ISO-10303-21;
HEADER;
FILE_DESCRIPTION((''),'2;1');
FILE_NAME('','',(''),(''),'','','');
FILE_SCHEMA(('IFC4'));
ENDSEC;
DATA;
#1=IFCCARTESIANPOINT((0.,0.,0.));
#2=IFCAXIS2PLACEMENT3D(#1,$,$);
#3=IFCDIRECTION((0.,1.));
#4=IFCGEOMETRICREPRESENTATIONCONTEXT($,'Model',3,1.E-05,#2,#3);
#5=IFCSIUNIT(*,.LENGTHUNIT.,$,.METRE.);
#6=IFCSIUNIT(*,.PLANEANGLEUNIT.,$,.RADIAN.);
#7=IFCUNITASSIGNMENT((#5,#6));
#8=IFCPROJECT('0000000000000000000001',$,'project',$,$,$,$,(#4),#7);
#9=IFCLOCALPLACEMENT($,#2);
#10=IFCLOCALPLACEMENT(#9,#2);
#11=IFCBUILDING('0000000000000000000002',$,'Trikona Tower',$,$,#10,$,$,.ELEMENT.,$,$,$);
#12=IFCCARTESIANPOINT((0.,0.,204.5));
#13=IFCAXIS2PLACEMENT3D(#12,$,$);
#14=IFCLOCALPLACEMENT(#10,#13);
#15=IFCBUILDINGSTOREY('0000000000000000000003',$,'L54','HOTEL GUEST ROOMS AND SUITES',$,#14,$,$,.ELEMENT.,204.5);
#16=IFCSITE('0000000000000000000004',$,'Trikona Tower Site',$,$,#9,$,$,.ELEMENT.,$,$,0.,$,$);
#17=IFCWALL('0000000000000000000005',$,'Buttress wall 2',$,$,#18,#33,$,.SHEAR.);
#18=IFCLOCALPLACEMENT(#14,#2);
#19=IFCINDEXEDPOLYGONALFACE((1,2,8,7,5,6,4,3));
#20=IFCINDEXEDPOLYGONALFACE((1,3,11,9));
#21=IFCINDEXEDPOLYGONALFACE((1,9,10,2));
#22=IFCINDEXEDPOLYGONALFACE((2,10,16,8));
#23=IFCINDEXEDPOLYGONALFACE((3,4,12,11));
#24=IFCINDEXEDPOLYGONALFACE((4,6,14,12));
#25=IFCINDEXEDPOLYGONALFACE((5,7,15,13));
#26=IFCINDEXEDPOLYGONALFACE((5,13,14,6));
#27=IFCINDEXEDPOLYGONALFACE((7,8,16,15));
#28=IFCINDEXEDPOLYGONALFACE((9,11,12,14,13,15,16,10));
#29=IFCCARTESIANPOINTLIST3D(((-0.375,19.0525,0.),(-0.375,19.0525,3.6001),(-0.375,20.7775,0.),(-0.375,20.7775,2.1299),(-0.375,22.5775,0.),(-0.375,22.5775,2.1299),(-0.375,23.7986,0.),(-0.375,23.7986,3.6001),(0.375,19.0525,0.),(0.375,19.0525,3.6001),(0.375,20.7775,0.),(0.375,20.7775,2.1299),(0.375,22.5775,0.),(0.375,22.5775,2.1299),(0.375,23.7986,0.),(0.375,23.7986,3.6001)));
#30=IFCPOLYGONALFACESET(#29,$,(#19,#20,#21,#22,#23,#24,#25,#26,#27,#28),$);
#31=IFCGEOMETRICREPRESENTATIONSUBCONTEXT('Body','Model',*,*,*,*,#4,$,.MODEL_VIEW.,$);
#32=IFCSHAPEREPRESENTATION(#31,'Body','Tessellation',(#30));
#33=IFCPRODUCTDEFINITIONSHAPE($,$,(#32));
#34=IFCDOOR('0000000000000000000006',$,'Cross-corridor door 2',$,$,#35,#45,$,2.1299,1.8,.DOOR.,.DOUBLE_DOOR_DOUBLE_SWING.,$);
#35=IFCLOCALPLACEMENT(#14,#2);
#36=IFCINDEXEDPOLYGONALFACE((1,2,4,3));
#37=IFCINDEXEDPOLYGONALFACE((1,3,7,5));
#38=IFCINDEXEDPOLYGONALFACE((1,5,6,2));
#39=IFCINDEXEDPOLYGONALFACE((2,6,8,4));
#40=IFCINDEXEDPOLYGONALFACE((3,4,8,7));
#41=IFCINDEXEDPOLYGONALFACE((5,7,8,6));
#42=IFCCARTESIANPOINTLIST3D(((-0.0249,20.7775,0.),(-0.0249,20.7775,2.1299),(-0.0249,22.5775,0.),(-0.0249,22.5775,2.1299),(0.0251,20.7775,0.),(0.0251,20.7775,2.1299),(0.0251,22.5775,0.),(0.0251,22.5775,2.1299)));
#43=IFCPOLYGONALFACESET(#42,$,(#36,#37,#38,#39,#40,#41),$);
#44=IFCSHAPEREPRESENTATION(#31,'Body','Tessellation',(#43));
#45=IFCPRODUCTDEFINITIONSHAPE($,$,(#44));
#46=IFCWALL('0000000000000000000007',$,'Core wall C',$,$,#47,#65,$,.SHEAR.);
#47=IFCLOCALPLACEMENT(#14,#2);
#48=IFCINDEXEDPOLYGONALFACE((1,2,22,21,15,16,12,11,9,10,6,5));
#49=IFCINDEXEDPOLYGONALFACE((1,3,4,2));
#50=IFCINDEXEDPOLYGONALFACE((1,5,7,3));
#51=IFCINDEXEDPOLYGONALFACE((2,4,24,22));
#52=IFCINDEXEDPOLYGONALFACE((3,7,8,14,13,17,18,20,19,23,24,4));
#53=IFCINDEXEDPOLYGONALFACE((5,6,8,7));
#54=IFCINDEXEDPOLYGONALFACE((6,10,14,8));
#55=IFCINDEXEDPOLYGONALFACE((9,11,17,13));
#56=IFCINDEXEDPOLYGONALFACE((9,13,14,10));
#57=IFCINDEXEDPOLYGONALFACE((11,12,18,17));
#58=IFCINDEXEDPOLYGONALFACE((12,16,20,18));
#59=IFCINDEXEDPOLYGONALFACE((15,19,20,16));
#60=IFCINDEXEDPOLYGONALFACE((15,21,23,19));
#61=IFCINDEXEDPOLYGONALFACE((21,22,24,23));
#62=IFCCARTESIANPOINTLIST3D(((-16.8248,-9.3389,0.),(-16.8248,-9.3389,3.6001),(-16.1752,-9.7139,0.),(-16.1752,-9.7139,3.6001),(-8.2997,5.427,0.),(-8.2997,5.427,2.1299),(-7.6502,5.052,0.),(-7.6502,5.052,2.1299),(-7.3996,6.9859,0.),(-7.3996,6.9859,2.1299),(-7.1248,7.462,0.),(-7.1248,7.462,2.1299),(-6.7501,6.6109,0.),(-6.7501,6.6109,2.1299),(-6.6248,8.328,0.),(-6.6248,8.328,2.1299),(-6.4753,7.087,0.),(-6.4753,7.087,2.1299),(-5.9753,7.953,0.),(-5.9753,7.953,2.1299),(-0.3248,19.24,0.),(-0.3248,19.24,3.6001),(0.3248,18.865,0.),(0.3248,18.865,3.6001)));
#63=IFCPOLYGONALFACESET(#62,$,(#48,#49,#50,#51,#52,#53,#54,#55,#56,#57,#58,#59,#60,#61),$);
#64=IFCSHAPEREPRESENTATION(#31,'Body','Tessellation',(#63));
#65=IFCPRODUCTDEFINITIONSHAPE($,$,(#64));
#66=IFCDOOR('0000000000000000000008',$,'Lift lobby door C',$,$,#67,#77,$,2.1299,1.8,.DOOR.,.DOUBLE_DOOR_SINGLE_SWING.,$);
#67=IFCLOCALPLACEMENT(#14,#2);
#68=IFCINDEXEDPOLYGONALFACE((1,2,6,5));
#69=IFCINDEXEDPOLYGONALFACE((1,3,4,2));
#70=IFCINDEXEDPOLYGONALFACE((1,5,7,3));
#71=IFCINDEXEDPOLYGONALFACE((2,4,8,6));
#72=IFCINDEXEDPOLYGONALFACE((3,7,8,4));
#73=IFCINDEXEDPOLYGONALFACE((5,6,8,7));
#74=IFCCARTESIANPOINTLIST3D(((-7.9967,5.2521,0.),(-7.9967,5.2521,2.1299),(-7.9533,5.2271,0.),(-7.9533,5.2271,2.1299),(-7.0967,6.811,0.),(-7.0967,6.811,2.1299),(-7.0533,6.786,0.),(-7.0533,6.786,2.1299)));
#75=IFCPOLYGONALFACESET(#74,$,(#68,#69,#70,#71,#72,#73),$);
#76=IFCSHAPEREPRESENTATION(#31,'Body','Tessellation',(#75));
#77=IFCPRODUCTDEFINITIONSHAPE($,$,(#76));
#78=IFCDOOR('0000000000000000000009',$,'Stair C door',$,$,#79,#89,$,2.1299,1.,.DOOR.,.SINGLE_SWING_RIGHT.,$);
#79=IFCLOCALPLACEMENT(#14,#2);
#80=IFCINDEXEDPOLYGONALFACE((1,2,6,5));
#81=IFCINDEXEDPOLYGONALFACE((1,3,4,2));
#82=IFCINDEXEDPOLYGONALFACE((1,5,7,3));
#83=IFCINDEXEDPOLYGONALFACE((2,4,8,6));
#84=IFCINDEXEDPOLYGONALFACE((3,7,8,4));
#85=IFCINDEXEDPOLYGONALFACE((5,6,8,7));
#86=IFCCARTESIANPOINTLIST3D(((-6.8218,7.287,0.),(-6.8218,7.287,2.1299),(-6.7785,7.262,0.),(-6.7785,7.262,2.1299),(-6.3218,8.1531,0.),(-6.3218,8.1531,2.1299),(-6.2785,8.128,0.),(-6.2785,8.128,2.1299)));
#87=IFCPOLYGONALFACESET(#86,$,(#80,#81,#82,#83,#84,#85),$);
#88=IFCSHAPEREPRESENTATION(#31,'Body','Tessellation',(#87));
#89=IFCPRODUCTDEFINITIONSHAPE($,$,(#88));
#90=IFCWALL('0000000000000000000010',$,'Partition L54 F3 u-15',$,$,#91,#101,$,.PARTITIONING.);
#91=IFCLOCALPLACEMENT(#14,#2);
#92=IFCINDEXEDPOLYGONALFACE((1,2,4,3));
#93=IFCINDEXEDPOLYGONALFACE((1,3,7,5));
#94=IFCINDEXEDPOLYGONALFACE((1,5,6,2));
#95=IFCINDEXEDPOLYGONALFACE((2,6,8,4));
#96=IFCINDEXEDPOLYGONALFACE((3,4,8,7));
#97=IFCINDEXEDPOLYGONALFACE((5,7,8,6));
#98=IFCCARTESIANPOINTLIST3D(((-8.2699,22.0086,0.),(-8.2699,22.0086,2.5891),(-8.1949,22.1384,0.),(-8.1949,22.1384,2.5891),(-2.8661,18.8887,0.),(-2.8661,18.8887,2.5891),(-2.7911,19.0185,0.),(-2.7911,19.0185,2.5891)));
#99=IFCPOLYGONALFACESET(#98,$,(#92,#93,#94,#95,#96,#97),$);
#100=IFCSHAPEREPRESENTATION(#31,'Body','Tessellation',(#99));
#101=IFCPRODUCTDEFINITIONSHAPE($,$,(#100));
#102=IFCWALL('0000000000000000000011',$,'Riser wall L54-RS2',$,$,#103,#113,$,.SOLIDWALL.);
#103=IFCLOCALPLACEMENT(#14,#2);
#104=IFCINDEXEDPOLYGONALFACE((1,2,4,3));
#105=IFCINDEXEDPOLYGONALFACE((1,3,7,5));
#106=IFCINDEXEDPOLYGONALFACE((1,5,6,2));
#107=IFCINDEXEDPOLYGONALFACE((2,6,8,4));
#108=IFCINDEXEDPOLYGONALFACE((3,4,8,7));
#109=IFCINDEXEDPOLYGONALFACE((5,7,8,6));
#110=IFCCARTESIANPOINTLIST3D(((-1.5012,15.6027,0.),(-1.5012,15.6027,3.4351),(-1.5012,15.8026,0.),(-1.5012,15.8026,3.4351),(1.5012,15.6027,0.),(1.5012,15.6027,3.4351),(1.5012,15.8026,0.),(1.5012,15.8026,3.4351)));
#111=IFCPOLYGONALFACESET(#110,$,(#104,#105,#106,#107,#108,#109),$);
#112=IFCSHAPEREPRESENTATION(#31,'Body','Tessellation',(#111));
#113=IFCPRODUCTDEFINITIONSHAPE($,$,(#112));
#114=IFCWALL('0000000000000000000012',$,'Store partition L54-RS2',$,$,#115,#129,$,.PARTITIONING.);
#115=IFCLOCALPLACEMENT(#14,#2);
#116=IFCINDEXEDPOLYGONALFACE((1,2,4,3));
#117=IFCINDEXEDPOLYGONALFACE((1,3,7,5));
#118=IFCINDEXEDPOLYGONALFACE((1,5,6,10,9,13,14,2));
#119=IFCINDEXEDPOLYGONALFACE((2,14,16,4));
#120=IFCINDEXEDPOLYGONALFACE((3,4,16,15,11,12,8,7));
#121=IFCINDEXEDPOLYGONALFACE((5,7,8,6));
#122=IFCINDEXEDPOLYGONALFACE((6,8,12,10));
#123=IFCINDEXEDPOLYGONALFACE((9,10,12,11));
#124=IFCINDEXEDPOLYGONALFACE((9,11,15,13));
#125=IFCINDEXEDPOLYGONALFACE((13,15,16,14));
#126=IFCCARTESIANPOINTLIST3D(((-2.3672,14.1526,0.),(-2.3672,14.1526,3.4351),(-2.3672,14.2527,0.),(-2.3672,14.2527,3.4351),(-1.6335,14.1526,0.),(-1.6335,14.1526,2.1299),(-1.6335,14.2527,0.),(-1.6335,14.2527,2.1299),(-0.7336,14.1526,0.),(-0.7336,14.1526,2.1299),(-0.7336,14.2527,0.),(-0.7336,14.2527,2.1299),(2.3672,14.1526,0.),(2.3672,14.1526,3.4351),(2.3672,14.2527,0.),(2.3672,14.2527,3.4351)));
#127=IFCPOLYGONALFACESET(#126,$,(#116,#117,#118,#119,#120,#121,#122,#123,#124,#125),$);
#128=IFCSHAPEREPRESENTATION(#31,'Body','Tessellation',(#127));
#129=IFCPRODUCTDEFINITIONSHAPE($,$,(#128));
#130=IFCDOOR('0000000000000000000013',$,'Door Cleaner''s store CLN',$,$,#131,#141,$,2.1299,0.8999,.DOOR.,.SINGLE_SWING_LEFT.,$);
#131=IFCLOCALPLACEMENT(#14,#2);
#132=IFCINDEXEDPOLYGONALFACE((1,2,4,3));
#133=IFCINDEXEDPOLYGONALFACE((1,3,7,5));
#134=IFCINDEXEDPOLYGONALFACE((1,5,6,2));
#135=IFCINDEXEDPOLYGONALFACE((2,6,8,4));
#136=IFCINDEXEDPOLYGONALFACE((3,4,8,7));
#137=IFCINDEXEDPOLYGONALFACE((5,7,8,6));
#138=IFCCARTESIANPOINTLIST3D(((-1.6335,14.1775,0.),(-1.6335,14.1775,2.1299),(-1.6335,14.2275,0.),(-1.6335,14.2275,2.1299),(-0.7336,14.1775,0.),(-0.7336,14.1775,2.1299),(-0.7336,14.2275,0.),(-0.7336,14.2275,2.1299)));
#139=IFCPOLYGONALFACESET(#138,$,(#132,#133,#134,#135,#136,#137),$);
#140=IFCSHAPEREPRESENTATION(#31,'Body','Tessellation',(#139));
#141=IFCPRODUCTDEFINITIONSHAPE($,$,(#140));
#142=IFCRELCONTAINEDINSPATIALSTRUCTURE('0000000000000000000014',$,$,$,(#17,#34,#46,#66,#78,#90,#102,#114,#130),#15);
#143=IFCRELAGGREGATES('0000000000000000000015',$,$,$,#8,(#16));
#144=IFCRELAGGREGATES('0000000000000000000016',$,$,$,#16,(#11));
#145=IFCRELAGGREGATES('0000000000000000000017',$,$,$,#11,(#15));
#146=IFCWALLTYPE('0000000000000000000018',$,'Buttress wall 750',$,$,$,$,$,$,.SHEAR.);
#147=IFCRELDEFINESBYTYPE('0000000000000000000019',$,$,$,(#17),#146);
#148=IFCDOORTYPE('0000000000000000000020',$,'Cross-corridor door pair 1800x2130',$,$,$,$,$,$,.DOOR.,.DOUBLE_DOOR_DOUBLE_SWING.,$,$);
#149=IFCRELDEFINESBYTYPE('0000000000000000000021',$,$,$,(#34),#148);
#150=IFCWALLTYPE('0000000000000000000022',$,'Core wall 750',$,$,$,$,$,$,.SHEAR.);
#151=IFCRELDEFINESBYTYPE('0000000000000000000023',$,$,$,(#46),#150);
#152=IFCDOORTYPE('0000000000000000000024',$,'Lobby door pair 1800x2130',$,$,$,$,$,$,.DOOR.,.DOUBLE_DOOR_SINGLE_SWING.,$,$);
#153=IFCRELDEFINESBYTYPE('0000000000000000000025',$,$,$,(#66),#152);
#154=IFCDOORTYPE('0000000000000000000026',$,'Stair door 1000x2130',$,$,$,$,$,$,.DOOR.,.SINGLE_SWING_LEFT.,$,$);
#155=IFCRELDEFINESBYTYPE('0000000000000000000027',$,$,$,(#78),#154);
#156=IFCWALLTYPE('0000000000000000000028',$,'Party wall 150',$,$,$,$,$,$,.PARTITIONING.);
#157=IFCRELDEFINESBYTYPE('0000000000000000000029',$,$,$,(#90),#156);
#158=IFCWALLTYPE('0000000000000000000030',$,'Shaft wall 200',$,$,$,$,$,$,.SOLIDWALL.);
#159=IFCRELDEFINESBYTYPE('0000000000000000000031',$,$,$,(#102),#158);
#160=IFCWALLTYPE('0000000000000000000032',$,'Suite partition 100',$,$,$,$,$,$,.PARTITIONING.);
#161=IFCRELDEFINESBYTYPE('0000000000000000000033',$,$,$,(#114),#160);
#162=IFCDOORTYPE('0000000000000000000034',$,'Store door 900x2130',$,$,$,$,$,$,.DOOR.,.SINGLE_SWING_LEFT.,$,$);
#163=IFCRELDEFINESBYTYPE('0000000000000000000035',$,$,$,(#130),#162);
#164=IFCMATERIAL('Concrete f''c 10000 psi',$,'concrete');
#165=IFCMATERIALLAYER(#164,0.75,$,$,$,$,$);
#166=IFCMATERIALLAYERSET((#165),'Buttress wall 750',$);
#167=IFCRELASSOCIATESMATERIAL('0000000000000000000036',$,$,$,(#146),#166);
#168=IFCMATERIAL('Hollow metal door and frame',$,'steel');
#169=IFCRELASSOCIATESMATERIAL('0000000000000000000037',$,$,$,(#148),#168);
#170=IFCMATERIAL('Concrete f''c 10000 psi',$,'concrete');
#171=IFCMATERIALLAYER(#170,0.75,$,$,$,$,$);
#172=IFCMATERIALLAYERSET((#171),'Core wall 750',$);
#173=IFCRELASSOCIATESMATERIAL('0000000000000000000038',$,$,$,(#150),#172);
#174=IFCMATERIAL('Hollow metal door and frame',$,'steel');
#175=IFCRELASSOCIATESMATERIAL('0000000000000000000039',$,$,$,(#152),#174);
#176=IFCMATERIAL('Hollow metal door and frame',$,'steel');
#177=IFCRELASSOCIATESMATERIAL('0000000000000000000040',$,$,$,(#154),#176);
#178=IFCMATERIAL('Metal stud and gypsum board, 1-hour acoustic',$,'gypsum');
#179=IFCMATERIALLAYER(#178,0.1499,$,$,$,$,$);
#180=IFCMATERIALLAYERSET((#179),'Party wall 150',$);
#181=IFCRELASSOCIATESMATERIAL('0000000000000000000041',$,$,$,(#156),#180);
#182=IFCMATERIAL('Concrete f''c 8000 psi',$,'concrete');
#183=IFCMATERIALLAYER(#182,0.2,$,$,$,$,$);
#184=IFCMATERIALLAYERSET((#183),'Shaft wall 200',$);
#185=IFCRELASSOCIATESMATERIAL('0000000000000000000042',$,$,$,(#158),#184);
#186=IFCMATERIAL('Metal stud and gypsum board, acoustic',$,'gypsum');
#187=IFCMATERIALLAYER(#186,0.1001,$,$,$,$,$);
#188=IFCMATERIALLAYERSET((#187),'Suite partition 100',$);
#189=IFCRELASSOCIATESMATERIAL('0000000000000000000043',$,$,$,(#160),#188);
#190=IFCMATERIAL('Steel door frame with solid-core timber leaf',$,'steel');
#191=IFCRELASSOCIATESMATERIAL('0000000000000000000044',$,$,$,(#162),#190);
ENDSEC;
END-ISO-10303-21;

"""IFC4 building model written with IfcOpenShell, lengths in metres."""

from ifc_helpers import new_model, si_unit, direction, frame, frame_2d, origin, place, context, subcontext, project, spatial, rectangle, extrude, material, layer, layer_set, type_object, element, fill, save


model = new_model("IFC4")

# Units and contexts
model_context = context("Model", 3, precision=1e-05, world=origin(), true_north=direction((0.0, 1.0)))
body_context = subcontext(model_context, "Body", "Model", "MODEL_VIEW")
ifc_project = project(units=[si_unit("LENGTHUNIT", "METRE"), si_unit("PLANEANGLEUNIT", "RADIAN")], contexts=[model_context])

# Site, building, storey
site_placement = place(None, origin())
site = spatial("IfcSite", under=ifc_project, at=site_placement, Name="Trikona Tower Site", CompositionType="ELEMENT", RefElevation=0.0)
building_placement = place(site_placement, origin())
building = spatial("IfcBuilding", under=site, at=building_placement, Name="Trikona Tower", CompositionType="ELEMENT")
storey_placement = place(building_placement, frame((0.0, 0.0, 204.5)))
storey = spatial("IfcBuildingStorey", under=building, at=storey_placement, Name="L54", Description="HOTEL GUEST ROOMS AND SUITES", CompositionType="ELEMENT", Elevation=204.5)

# Wall, opening, door
ifc_material_1 = material(Name="Concrete f'c 10000 psi", Category="concrete")
ifc_layer_1 = layer(ifc_material_1, 0.75)
ifc_layer_set_1 = layer_set([ifc_layer_1], Name="Buttress wall 750")
wall_type_1 = type_object("IfcWallType", Name="Buttress wall 750", PredefinedType="SHEAR", material=ifc_layer_set_1)
wall_1_placement = place(storey_placement, frame((0.0, 19.0525, 0.0), z_axis=(0.0, 0.0, 1.0), x_axis=(0.0, 1.0, 0.0)))
wall_1 = element("IfcWall", 1, at=wall_1_placement, inside=storey, type_object=wall_type_1, Name="Buttress wall 2", PredefinedType="SHEAR", context=body_context, shape_type="SweptSolid", body=[
    extrude(rectangle(XDim=4.7461, YDim=0.75, at=frame_2d((2.373, 0.0))), origin(), (0.0, 0.0, 1.0), 3.6001),
])
opening_1_placement = place(wall_1_placement, frame((1.7251, 0.0, 0.0)))
opening_1 = element("IfcOpeningElement", 2, at=opening_1_placement, cuts=wall_1, PredefinedType="OPENING", context=body_context, shape_type="SweptSolid", body=[
    extrude(rectangle(XDim=1.8, YDim=2.1299, at=frame_2d((0.8999, 1.0649))), frame((0.0, 0.385, 0.0), z_axis=(0.0, -1.0, 0.0), x_axis=(1.0, 0.0, 0.0)), (0.0, 0.0, 1.0), 0.77),
])
ifc_material_2 = material(Name="Hollow metal door and frame", Category="steel")
door_type_1 = type_object("IfcDoorType", Name="Cross-corridor door pair 1800x2130", OperationType="DOUBLE_DOOR_DOUBLE_SWING", PredefinedType="DOOR", material=ifc_material_2)
door_1_placement = place(opening_1_placement, origin())
door_1 = element("IfcDoor", 3, at=door_1_placement, inside=storey, type_object=door_type_1, Name="Cross-corridor door 2", OperationType="DOUBLE_DOOR_DOUBLE_SWING", OverallHeight=2.1299, OverallWidth=1.8, PredefinedType="DOOR", context=body_context, shape_type="SweptSolid", body=[
    extrude(rectangle(XDim=1.8, YDim=2.1299, at=frame_2d((0.8999, 1.0649))), frame((0.0, 0.0249, 0.0), z_axis=(0.0, -1.0, 0.0), x_axis=(1.0, 0.0, 0.0)), (0.0, 0.0, 1.0), 0.05),
])
fill(opening_1, door_1)

# Wall, openings, doors
ifc_material_3 = material(Name="Concrete f'c 10000 psi", Category="concrete")
ifc_layer_2 = layer(ifc_material_3, 0.75)
ifc_layer_set_2 = layer_set([ifc_layer_2], Name="Core wall 750")
wall_type_2 = type_object("IfcWallType", Name="Core wall 750", PredefinedType="SHEAR", material=ifc_layer_set_2)
wall_2_placement = place(storey_placement, frame((0.0, 19.0525, 0.0), z_axis=(0.0, 0.0, 1.0), x_axis=(-0.5, -0.866026, 0.0)))
wall_2 = element("IfcWall", 4, at=wall_2_placement, inside=storey, type_object=wall_type_2, Name="Core wall C", PredefinedType="SHEAR", context=body_context, shape_type="SweptSolid", body=[
    extrude(rectangle(XDim=33.0, YDim=0.75, at=frame_2d((16.5, 0.0))), origin(), (0.0, 0.0, 1.0), 3.6001),
])
opening_2_placement = place(wall_2_placement, frame((14.1499, 0.0, 0.0)))
opening_2 = element("IfcOpeningElement", 5, at=opening_2_placement, cuts=wall_2, PredefinedType="OPENING", context=body_context, shape_type="SweptSolid", body=[
    extrude(rectangle(XDim=1.8, YDim=2.1299, at=frame_2d((0.8999, 1.0649))), frame((0.0, 0.385, 0.0), z_axis=(0.0, -1.0, 0.0), x_axis=(1.0, 0.0, 0.0)), (0.0, 0.0, 1.0), 0.77),
])
opening_3_placement = place(wall_2_placement, frame((12.6001, 0.0, 0.0)))
opening_3 = element("IfcOpeningElement", 6, at=opening_3_placement, cuts=wall_2, PredefinedType="OPENING", context=body_context, shape_type="SweptSolid", body=[
    extrude(rectangle(XDim=1.0, YDim=2.1299, at=frame_2d((0.5, 1.0649))), frame((0.0, 0.385, 0.0), z_axis=(0.0, -1.0, 0.0), x_axis=(1.0, 0.0, 0.0)), (0.0, 0.0, 1.0), 0.77),
])
ifc_material_4 = material(Name="Hollow metal door and frame", Category="steel")
door_type_2 = type_object("IfcDoorType", Name="Lobby door pair 1800x2130", OperationType="DOUBLE_DOOR_SINGLE_SWING", PredefinedType="DOOR", material=ifc_material_4)
door_2_placement = place(opening_2_placement, origin())
door_2 = element("IfcDoor", 7, at=door_2_placement, inside=storey, type_object=door_type_2, Name="Lift lobby door C", OperationType="DOUBLE_DOOR_SINGLE_SWING", OverallHeight=2.1299, OverallWidth=1.8, PredefinedType="DOOR", context=body_context, shape_type="SweptSolid", body=[
    extrude(rectangle(XDim=1.8, YDim=2.1299, at=frame_2d((0.8999, 1.0649))), frame((0.0, 0.0249, 0.0), z_axis=(0.0, -1.0, 0.0), x_axis=(1.0, 0.0, 0.0)), (0.0, 0.0, 1.0), 0.05),
])
fill(opening_2, door_2)
ifc_material_5 = material(Name="Hollow metal door and frame", Category="steel")
door_type_3 = type_object("IfcDoorType", Name="Stair door 1000x2130", OperationType="SINGLE_SWING_LEFT", PredefinedType="DOOR", material=ifc_material_5)
door_3_placement = place(opening_3_placement, origin())
door_3 = element("IfcDoor", 8, at=door_3_placement, inside=storey, type_object=door_type_3, Name="Stair C door", OperationType="SINGLE_SWING_RIGHT", OverallHeight=2.1299, OverallWidth=1.0, PredefinedType="DOOR", context=body_context, shape_type="SweptSolid", body=[
    extrude(rectangle(XDim=1.0, YDim=2.1299, at=frame_2d((0.5, 1.0649))), frame((0.0, 0.0249, 0.0), z_axis=(0.0, -1.0, 0.0), x_axis=(1.0, 0.0, 0.0)), (0.0, 0.0, 1.0), 0.05),
])
fill(opening_3, door_3)

# Walls
ifc_material_6 = material(Name="Metal stud and gypsum board, 1-hour acoustic", Category="gypsum")
ifc_layer_3 = layer(ifc_material_6, 0.1499)
ifc_layer_set_3 = layer_set([ifc_layer_3], Name="Party wall 150")
wall_type_3 = type_object("IfcWallType", Name="Party wall 150", PredefinedType="PARTITIONING", material=ifc_layer_set_3)
wall_3_placement = place(storey_placement, frame((-2.8286, 18.9536, 0.0), z_axis=(0.0, 0.0, 1.0), x_axis=(-0.866027, 0.499998, 0.0)))
element("IfcWall", 9, at=wall_3_placement, inside=storey, type_object=wall_type_3, Name="Partition L54 F3 u-15", PredefinedType="PARTITIONING", context=body_context, shape_type="SweptSolid", body=[
    extrude(rectangle(XDim=6.2397, YDim=0.1499, at=frame_2d((3.1199, 0.0))), origin(), (0.0, 0.0, 1.0), 2.5891),
])
ifc_material_7 = material(Name="Concrete f'c 8000 psi", Category="concrete")
ifc_layer_4 = layer(ifc_material_7, 0.2)
ifc_layer_set_4 = layer_set([ifc_layer_4], Name="Shaft wall 200")
wall_type_4 = type_object("IfcWallType", Name="Shaft wall 200", PredefinedType="SOLIDWALL", material=ifc_layer_set_4)
wall_4_placement = place(storey_placement, frame((-1.5012, 15.7026, 0.0), z_axis=(0.0, 0.0, 1.0), x_axis=(1.0, 0.0, 0.0)))
element("IfcWall", 10, at=wall_4_placement, inside=storey, type_object=wall_type_4, Name="Riser wall L54-RS2", PredefinedType="SOLIDWALL", context=body_context, shape_type="SweptSolid", body=[
    extrude(rectangle(XDim=3.0024, YDim=0.2, at=frame_2d((1.5012, 0.0))), origin(), (0.0, 0.0, 1.0), 3.4351),
])

# Wall, opening, door
ifc_material_8 = material(Name="Metal stud and gypsum board, acoustic", Category="gypsum")
ifc_layer_5 = layer(ifc_material_8, 0.1001)
ifc_layer_set_5 = layer_set([ifc_layer_5], Name="Suite partition 100")
wall_type_5 = type_object("IfcWallType", Name="Suite partition 100", PredefinedType="PARTITIONING", material=ifc_layer_set_5)
wall_5_placement = place(storey_placement, frame((-2.3672, 14.2026, 0.0), z_axis=(0.0, 0.0, 1.0), x_axis=(1.0, 0.0, 0.0)))
wall_5 = element("IfcWall", 11, at=wall_5_placement, inside=storey, type_object=wall_type_5, Name="Store partition L54-RS2", PredefinedType="PARTITIONING", context=body_context, shape_type="SweptSolid", body=[
    extrude(rectangle(XDim=4.7344, YDim=0.1001, at=frame_2d((2.3672, 0.0))), origin(), (0.0, 0.0, 1.0), 3.4351),
])
opening_4_placement = place(wall_5_placement, frame((0.7336, 0.0, 0.0)))
opening_4 = element("IfcOpeningElement", 12, at=opening_4_placement, cuts=wall_5, PredefinedType="OPENING", context=body_context, shape_type="SweptSolid", body=[
    extrude(rectangle(XDim=0.8999, YDim=2.1299, at=frame_2d((0.45, 1.0649))), frame((0.0, 0.0601, 0.0), z_axis=(0.0, -1.0, 0.0), x_axis=(1.0, 0.0, 0.0)), (0.0, 0.0, 1.0), 0.1201),
])
ifc_material_9 = material(Name="Steel door frame with solid-core timber leaf", Category="steel")
door_type_4 = type_object("IfcDoorType", Name="Store door 900x2130", OperationType="SINGLE_SWING_LEFT", PredefinedType="DOOR", material=ifc_material_9)
door_4_placement = place(opening_4_placement, origin())
door_4 = element("IfcDoor", 13, at=door_4_placement, inside=storey, type_object=door_type_4, Name="Door Cleaner's store CLN", OperationType="SINGLE_SWING_LEFT", OverallHeight=2.1299, OverallWidth=0.8999, PredefinedType="DOOR", context=body_context, shape_type="SweptSolid", body=[
    extrude(rectangle(XDim=0.8999, YDim=2.1299, at=frame_2d((0.45, 1.0649))), frame((0.0, 0.0249, 0.0), z_axis=(0.0, -1.0, 0.0), x_axis=(1.0, 0.0, 0.0)), (0.0, 0.0, 1.0), 0.05),
])
fill(opening_4, door_4)

save(model, "model.ifc")
